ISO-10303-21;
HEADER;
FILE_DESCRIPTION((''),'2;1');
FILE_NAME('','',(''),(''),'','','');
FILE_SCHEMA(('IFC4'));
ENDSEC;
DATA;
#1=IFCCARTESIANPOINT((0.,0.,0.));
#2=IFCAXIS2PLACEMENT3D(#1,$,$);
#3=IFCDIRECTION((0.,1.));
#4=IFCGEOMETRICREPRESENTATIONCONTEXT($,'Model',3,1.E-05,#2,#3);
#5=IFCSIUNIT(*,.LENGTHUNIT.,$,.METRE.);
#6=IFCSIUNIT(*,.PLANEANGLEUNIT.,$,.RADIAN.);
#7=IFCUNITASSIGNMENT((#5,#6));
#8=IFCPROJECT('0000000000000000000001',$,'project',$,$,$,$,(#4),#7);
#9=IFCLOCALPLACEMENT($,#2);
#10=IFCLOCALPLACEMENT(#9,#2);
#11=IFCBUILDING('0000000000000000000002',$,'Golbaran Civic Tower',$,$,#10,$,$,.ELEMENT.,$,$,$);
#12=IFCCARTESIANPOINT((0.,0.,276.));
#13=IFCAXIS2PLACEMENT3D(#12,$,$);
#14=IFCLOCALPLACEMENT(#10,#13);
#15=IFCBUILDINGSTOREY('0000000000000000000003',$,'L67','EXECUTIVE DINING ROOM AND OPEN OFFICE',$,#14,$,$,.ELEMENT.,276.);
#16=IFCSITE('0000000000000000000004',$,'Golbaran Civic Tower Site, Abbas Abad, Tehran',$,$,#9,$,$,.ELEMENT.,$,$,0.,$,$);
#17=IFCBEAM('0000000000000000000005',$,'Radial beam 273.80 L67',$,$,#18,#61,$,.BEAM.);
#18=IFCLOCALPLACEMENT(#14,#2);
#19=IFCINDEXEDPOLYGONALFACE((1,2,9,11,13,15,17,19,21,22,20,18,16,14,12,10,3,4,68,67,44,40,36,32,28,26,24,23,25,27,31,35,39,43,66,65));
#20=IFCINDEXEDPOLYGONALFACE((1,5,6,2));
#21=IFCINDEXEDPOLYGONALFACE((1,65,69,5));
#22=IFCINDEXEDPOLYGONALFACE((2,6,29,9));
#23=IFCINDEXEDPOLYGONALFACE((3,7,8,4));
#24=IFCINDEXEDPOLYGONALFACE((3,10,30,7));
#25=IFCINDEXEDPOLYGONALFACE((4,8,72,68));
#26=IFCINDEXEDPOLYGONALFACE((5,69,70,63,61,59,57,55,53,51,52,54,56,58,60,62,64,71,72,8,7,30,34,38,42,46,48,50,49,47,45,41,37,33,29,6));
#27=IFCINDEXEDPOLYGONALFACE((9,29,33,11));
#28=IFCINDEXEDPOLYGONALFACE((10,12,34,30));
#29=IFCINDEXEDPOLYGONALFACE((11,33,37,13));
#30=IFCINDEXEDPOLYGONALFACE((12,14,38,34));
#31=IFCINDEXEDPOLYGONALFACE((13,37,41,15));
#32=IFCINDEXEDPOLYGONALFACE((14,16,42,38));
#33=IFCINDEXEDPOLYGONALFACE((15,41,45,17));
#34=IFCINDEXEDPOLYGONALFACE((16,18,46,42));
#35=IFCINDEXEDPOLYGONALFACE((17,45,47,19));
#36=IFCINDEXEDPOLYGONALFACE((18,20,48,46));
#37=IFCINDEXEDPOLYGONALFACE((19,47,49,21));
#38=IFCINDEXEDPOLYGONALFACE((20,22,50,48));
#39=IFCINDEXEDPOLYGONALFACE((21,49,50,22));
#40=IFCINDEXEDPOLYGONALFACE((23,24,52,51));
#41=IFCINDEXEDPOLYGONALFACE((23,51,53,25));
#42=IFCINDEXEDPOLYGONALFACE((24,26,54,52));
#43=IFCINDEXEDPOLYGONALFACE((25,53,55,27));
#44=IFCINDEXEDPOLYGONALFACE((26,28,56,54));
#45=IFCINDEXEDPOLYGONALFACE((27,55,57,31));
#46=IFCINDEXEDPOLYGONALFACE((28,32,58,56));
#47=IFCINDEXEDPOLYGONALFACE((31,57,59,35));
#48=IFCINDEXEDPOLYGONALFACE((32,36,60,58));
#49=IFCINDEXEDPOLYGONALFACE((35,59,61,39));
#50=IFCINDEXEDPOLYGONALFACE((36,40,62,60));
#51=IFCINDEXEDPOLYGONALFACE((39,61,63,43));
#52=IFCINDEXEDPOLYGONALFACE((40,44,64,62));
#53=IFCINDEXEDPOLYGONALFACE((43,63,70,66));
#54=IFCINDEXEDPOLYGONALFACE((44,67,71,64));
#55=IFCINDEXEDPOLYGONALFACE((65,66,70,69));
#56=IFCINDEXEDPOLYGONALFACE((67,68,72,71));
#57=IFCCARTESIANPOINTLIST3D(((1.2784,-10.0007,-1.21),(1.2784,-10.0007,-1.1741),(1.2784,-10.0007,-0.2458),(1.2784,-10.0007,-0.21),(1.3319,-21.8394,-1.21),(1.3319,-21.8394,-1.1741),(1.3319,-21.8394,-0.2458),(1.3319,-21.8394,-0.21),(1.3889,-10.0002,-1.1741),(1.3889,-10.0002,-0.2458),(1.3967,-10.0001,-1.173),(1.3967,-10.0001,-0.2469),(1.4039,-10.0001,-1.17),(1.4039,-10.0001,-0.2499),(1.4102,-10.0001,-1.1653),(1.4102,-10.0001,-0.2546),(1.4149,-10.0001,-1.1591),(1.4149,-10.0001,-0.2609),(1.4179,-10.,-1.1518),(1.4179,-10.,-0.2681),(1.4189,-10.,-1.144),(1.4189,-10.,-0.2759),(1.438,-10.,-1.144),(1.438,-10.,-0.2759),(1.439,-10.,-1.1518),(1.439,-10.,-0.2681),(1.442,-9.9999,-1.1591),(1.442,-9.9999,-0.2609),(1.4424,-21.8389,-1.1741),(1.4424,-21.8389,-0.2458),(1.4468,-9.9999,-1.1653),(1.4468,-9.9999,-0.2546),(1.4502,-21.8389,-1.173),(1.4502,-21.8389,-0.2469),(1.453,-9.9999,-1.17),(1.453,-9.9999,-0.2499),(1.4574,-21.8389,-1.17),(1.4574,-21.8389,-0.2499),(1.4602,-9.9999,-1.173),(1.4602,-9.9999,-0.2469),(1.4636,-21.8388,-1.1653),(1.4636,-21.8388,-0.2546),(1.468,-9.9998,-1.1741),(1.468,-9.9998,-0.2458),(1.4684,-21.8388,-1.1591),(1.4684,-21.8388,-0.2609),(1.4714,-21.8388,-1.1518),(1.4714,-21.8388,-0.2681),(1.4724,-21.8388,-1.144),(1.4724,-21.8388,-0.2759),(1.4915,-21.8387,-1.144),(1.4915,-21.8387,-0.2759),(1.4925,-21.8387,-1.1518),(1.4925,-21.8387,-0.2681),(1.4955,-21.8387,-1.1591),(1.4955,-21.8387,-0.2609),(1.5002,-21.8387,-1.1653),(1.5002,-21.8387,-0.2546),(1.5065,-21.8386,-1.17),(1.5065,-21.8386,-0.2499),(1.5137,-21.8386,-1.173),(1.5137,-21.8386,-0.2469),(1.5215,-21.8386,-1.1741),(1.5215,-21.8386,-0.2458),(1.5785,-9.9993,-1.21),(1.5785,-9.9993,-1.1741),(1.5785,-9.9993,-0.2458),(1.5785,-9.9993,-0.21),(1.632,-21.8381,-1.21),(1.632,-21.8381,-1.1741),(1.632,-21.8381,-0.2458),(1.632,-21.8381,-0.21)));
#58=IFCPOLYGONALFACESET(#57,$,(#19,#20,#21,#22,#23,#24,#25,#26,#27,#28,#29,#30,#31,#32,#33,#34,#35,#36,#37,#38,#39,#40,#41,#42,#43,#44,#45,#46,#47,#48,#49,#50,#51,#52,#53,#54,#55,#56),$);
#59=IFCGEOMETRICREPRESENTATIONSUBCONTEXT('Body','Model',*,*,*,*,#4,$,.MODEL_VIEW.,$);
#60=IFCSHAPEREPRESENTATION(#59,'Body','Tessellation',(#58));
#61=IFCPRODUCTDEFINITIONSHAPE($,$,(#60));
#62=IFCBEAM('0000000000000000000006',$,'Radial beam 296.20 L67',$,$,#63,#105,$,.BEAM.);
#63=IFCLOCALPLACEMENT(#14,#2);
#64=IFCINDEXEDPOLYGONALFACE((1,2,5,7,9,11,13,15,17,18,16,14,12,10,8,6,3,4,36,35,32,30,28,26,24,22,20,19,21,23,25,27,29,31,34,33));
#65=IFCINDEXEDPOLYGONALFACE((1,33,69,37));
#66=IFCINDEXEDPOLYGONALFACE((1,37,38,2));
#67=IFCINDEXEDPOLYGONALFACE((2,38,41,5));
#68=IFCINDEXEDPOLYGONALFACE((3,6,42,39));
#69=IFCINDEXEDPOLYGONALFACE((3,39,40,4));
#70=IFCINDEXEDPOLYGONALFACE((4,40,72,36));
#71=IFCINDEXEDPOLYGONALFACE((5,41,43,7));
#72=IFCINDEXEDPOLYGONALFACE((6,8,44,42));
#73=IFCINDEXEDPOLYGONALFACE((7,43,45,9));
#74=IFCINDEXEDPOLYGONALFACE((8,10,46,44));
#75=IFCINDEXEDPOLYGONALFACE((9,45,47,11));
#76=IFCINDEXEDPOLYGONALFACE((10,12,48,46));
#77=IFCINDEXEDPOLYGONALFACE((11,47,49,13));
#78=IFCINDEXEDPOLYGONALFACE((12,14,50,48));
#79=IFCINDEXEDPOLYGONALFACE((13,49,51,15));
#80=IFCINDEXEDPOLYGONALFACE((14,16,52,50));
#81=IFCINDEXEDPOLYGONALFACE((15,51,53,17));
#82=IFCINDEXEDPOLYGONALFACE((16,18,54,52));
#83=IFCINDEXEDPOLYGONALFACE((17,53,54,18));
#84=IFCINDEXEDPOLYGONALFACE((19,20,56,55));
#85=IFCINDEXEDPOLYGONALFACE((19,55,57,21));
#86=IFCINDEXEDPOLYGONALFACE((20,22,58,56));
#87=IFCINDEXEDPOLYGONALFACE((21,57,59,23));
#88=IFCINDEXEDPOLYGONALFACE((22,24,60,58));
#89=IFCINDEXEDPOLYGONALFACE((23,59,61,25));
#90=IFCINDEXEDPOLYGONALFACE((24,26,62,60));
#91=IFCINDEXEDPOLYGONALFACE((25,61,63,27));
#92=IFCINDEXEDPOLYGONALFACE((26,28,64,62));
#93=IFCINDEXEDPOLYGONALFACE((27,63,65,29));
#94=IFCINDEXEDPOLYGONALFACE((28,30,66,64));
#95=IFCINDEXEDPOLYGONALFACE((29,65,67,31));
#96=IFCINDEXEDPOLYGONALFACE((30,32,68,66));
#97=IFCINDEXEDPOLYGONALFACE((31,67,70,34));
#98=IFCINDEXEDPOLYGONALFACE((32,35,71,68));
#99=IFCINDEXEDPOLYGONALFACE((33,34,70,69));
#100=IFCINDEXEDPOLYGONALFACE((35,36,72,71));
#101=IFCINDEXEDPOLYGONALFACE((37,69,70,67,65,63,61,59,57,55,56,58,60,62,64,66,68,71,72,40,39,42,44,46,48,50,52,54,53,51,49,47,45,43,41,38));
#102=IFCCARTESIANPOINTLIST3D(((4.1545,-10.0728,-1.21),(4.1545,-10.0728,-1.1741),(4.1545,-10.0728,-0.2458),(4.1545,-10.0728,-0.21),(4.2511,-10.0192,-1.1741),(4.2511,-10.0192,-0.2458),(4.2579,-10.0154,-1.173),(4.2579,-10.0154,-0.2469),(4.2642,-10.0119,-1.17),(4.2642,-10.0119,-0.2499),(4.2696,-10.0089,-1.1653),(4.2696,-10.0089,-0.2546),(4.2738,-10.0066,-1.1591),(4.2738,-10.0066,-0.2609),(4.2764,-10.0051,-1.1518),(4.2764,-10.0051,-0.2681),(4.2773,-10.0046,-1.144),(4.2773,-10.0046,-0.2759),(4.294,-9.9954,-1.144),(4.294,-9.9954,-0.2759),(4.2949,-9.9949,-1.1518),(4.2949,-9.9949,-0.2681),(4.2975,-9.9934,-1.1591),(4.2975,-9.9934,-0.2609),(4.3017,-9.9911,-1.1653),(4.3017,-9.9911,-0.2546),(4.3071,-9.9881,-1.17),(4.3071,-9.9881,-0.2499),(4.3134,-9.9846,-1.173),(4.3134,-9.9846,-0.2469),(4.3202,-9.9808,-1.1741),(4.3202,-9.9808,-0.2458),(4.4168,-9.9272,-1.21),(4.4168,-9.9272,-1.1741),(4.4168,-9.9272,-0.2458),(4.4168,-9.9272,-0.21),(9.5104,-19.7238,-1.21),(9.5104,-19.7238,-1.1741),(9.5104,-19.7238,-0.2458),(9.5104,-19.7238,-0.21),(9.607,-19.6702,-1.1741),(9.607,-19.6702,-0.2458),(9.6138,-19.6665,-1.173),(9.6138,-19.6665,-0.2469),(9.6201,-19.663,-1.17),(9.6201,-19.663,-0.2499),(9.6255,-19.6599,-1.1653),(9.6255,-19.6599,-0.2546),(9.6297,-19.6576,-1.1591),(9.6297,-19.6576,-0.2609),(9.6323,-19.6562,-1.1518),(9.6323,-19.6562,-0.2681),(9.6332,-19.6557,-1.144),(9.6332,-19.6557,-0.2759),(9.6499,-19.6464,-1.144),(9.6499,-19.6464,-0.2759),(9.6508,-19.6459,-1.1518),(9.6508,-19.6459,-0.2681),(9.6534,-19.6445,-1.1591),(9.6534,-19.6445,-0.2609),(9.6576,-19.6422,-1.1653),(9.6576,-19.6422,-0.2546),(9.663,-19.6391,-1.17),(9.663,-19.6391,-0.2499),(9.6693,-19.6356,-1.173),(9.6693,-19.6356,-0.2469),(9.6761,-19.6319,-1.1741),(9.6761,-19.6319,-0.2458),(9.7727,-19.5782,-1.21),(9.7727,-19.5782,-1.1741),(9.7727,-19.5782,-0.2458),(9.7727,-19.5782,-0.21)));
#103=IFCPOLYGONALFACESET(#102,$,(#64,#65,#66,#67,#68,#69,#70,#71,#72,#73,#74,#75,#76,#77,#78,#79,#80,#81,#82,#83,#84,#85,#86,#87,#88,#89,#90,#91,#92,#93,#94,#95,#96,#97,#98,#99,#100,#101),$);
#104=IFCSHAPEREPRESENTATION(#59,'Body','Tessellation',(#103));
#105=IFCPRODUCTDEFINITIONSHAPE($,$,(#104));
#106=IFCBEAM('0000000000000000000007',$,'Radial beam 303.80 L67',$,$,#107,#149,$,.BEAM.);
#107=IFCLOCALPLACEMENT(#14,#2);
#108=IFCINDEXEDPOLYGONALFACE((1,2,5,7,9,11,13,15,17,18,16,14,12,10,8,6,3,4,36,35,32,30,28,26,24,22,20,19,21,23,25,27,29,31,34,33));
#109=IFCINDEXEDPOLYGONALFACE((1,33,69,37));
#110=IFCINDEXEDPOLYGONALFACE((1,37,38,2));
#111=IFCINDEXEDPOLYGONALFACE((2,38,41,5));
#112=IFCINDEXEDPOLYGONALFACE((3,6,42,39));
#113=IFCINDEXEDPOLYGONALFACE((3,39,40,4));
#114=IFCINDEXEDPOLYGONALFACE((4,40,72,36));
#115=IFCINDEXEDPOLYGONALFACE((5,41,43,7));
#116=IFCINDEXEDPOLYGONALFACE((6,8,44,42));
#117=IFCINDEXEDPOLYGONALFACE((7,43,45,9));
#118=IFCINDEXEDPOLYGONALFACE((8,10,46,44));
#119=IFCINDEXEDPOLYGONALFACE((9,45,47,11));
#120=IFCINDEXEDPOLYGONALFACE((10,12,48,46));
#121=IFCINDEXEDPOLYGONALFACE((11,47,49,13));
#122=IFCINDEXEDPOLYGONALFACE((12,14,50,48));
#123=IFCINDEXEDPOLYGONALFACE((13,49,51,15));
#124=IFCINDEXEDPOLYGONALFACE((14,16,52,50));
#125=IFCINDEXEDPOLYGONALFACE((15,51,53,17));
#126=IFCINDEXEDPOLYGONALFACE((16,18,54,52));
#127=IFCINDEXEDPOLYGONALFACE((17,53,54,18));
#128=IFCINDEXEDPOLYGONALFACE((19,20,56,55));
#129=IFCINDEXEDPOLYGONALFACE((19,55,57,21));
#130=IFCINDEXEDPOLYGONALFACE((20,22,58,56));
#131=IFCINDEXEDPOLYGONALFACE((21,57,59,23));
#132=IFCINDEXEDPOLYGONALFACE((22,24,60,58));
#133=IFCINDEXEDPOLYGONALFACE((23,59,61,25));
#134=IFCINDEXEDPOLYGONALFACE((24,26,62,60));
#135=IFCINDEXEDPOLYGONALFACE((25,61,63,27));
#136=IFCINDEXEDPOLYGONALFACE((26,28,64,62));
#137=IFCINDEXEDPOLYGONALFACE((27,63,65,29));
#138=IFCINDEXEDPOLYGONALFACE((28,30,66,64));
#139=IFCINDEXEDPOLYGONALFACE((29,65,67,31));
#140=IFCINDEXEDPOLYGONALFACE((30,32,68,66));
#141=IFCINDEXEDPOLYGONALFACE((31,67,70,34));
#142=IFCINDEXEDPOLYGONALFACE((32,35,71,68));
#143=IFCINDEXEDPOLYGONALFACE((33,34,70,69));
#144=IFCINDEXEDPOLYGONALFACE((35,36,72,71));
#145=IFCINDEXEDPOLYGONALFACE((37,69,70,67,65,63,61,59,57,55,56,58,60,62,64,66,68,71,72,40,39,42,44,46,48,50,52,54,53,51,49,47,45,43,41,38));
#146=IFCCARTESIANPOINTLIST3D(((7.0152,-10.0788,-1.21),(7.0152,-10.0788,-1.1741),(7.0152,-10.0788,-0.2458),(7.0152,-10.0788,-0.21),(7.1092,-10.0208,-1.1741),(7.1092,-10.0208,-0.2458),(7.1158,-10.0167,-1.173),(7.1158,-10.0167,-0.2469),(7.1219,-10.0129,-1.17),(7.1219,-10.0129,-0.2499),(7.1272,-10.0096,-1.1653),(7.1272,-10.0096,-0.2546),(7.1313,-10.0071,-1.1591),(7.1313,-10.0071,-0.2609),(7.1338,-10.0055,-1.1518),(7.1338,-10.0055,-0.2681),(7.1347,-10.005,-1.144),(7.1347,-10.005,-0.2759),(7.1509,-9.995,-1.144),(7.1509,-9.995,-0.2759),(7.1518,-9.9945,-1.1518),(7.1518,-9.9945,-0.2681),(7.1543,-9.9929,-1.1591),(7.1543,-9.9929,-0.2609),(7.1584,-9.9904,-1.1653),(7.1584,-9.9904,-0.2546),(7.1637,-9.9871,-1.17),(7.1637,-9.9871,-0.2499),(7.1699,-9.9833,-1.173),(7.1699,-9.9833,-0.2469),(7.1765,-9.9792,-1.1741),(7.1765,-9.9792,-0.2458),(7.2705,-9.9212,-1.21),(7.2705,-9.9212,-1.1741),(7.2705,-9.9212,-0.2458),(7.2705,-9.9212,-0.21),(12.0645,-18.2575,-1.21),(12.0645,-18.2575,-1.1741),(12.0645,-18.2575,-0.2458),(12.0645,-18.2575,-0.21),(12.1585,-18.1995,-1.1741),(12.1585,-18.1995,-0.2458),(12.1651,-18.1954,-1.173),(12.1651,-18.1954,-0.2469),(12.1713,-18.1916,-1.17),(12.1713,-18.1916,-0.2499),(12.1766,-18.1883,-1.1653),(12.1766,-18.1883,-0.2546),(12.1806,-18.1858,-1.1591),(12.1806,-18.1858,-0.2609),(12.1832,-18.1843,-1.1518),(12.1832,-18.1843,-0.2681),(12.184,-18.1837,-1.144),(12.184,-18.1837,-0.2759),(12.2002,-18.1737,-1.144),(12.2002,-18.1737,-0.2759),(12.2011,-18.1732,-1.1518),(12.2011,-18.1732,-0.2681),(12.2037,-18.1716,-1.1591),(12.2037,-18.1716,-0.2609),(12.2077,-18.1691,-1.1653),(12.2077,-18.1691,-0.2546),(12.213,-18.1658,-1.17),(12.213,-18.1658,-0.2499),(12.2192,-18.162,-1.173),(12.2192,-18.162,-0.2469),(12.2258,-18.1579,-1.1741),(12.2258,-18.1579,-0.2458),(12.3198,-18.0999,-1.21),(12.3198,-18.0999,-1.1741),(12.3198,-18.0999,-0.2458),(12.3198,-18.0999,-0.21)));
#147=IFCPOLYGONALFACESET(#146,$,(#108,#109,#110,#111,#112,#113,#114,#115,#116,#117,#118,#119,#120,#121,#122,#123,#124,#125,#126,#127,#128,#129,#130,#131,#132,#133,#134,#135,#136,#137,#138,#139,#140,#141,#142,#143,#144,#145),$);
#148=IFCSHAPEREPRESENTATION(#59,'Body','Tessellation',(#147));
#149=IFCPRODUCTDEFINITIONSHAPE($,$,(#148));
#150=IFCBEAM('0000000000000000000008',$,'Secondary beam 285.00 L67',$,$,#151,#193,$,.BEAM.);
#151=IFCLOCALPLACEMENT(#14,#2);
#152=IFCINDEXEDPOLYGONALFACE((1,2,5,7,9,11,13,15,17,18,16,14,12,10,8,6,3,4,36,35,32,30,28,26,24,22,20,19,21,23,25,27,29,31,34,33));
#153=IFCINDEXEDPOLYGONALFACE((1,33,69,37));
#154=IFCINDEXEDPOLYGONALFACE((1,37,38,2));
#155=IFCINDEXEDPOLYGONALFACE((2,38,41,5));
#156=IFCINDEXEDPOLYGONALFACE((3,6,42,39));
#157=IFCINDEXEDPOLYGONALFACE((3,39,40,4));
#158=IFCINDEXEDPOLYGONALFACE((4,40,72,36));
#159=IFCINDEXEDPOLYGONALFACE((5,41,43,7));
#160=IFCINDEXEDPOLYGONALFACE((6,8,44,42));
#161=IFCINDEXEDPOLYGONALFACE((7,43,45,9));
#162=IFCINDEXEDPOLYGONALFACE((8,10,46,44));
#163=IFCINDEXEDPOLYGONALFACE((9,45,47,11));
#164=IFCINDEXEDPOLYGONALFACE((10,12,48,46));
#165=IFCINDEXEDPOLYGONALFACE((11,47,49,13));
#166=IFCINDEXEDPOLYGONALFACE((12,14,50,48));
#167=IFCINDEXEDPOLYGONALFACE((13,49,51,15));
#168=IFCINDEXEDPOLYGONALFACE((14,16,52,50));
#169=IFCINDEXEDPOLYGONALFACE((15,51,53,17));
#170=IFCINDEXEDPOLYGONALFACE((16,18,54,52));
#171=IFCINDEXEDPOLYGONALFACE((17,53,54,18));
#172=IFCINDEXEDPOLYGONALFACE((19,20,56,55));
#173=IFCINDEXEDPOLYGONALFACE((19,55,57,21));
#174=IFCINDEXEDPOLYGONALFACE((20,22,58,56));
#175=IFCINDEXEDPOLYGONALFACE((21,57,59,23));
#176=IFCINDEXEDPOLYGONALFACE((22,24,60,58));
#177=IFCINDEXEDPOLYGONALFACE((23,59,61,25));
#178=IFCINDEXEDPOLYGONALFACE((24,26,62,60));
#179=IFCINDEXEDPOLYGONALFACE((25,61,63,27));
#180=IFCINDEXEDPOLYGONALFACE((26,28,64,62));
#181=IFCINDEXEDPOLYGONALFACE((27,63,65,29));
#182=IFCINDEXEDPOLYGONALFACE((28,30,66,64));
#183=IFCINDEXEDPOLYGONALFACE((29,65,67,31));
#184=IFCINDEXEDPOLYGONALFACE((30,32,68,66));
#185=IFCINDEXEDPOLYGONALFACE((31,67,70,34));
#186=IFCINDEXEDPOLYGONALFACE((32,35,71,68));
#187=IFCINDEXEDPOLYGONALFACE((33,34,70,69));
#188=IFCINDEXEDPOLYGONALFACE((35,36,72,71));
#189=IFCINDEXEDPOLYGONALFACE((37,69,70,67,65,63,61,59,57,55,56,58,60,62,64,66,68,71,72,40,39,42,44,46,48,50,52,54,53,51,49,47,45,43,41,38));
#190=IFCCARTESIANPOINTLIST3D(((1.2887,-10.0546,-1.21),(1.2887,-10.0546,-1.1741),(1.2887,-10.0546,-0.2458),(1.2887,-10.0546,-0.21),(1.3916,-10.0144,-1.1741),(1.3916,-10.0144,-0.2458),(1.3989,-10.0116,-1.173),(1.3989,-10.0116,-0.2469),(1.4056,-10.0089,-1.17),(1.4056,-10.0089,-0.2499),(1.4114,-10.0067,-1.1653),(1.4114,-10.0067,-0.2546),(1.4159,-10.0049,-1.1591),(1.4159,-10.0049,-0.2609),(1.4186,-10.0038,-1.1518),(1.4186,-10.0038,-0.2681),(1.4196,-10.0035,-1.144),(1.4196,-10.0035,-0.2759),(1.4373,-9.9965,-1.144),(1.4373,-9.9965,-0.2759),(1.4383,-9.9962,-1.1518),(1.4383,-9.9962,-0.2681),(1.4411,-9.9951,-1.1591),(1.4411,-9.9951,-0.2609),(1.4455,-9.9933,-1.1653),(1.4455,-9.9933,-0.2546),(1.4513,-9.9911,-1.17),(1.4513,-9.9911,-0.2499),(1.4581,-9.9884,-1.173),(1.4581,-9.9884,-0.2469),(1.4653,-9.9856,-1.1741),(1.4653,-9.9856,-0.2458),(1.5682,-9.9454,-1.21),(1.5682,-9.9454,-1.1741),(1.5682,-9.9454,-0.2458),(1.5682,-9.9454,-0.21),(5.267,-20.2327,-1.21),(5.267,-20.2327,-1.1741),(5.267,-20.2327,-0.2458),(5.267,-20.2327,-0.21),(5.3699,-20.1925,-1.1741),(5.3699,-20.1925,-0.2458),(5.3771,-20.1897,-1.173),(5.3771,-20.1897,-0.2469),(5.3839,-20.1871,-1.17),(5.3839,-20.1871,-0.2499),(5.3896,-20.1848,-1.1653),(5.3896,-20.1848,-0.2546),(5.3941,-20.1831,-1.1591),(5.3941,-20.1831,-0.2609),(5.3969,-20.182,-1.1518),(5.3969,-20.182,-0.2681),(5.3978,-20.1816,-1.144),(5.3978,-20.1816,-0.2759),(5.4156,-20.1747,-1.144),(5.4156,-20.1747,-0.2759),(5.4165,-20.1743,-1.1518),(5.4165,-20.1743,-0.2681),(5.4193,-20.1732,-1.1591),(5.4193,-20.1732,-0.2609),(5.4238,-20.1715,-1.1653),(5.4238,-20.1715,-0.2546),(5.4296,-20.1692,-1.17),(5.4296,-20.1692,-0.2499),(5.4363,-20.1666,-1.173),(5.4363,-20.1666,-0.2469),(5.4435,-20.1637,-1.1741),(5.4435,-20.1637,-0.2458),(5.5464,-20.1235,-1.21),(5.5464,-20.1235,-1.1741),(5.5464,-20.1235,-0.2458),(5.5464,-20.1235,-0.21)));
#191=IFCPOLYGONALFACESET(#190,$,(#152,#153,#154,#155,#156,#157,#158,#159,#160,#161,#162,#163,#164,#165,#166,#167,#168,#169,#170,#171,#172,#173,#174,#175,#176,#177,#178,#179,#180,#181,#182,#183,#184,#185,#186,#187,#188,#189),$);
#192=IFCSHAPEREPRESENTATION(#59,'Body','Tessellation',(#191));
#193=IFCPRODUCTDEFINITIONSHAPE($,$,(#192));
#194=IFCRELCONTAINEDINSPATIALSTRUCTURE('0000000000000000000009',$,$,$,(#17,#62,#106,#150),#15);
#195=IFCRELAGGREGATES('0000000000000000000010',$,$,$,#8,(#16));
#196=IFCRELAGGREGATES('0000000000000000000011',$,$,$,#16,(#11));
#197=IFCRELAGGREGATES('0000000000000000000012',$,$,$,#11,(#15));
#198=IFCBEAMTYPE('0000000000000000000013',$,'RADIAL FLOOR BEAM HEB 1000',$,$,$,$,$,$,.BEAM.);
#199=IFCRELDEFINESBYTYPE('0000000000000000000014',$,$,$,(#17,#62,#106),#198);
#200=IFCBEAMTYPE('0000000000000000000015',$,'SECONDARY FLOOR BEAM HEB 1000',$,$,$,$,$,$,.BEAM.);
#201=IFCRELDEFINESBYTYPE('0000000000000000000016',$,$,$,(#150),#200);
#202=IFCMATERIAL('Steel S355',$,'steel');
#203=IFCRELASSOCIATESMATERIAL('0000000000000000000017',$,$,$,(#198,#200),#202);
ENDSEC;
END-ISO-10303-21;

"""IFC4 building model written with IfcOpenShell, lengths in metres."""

from ifc_helpers import new_model, si_unit, direction, frame, origin, origin_2d, place, context, subcontext, project, spatial, i_section, extrude, material, material_profile, profile_set, type_object, element, save


model = new_model("IFC4")

# Units and contexts
model_context = context("Model", 3, precision=1e-05, world=origin(), true_north=direction((0.0, 1.0)))
body_context = subcontext(model_context, "Body", "Model", "MODEL_VIEW")
ifc_project = project(units=[si_unit("LENGTHUNIT", "METRE"), si_unit("PLANEANGLEUNIT", "RADIAN")], contexts=[model_context])

# Site, building, storey
site_placement = place(None, origin())
site = spatial("IfcSite", under=ifc_project, at=site_placement, Name="Golbaran Civic Tower Site, Abbas Abad, Tehran", CompositionType="ELEMENT", RefElevation=0.0)
building_placement = place(site_placement, origin())
building = spatial("IfcBuilding", under=site, at=building_placement, Name="Golbaran Civic Tower", CompositionType="ELEMENT")
storey_placement = place(building_placement, frame((0.0, 0.0, 276.0)))
storey = spatial("IfcBuildingStorey", under=building, at=storey_placement, Name="L67", Description="EXECUTIVE DINING ROOM AND OPEN OFFICE", CompositionType="ELEMENT", Elevation=276.0)

# Beams
ifc_material_1 = material(Name="Steel S355", Category="steel")
ifc_material_profile_1 = material_profile(ifc_material_1, i_section(OverallWidth=0.3, OverallDepth=1.0, WebThickness=0.019, FlangeThickness=0.0359, FilletRadius=0.03, at=origin_2d()), Name="HEB 1000")
ifc_profile_set_1 = profile_set([ifc_material_profile_1], Name="Steel S355")
beam_type_1 = type_object("IfcBeamType", Name="RADIAL FLOOR BEAM HEB 1000", PredefinedType="BEAM", material=ifc_profile_set_1)
beam_1_placement = place(storey_placement, frame((1.4285, -10.0, -0.71), z_axis=(0.004516, -0.99999, 0.0), x_axis=(0.99999, 0.004516, 0.0)))
element("IfcBeam", 1, at=beam_1_placement, inside=storey, type_object=beam_type_1, Name="Radial beam 273.80 L67", PredefinedType="BEAM", context=body_context, shape_type="SweptSolid", body=[
    extrude(i_section(OverallWidth=0.3, OverallDepth=1.0, WebThickness=0.019, FlangeThickness=0.0359, FilletRadius=0.03, at=origin_2d()), origin(), (0.0, 0.0, 1.0), 11.8389),
])
beam_2_placement = place(storey_placement, frame((4.2856, -10.0, -0.71), z_axis=(0.485243, -0.874379, 0.0), x_axis=(0.874379, 0.485243, 0.0)))
element("IfcBeam", 2, at=beam_2_placement, inside=storey, type_object=beam_type_1, Name="Radial beam 296.20 L67", PredefinedType="BEAM", context=body_context, shape_type="SweptSolid", body=[
    extrude(i_section(OverallWidth=0.3, OverallDepth=1.0, WebThickness=0.019, FlangeThickness=0.0359, FilletRadius=0.03, at=origin_2d()), origin(), (0.0, 0.0, 1.0), 11.0376),
])
beam_3_placement = place(storey_placement, frame((7.1428, -10.0, -0.71), z_axis=(0.525324, -0.850902, 0.0), x_axis=(0.850902, 0.525324, 0.0)))
element("IfcBeam", 3, at=beam_3_placement, inside=storey, type_object=beam_type_1, Name="Radial beam 303.80 L67", PredefinedType="BEAM", context=body_context, shape_type="SweptSolid", body=[
    extrude(i_section(OverallWidth=0.3, OverallDepth=1.0, WebThickness=0.019, FlangeThickness=0.0359, FilletRadius=0.03, at=origin_2d()), origin(), (0.0, 0.0, 1.0), 9.6118),
])
ifc_material_profile_2 = material_profile(ifc_material_1, i_section(OverallWidth=0.3, OverallDepth=1.0, WebThickness=0.019, FlangeThickness=0.0359, FilletRadius=0.03, at=origin_2d()), Name="HEB 1000")
ifc_profile_set_2 = profile_set([ifc_material_profile_2], Name="Steel S355")
beam_type_2 = type_object("IfcBeamType", Name="SECONDARY FLOOR BEAM HEB 1000", PredefinedType="BEAM", material=ifc_profile_set_2)
beam_4_placement = place(storey_placement, frame((1.4285, -10.0, -0.71), z_axis=(0.364041, -0.931383, 0.0), x_axis=(0.931383, 0.364041, 0.0)))
element("IfcBeam", 4, at=beam_4_placement, inside=storey, type_object=beam_type_2, Name="Secondary beam 285.00 L67", PredefinedType="BEAM", context=body_context, shape_type="SweptSolid", body=[
    extrude(i_section(OverallWidth=0.3, OverallDepth=1.0, WebThickness=0.019, FlangeThickness=0.0359, FilletRadius=0.03, at=origin_2d()), origin(), (0.0, 0.0, 1.0), 10.928),
])

save(model, "model.ifc")
